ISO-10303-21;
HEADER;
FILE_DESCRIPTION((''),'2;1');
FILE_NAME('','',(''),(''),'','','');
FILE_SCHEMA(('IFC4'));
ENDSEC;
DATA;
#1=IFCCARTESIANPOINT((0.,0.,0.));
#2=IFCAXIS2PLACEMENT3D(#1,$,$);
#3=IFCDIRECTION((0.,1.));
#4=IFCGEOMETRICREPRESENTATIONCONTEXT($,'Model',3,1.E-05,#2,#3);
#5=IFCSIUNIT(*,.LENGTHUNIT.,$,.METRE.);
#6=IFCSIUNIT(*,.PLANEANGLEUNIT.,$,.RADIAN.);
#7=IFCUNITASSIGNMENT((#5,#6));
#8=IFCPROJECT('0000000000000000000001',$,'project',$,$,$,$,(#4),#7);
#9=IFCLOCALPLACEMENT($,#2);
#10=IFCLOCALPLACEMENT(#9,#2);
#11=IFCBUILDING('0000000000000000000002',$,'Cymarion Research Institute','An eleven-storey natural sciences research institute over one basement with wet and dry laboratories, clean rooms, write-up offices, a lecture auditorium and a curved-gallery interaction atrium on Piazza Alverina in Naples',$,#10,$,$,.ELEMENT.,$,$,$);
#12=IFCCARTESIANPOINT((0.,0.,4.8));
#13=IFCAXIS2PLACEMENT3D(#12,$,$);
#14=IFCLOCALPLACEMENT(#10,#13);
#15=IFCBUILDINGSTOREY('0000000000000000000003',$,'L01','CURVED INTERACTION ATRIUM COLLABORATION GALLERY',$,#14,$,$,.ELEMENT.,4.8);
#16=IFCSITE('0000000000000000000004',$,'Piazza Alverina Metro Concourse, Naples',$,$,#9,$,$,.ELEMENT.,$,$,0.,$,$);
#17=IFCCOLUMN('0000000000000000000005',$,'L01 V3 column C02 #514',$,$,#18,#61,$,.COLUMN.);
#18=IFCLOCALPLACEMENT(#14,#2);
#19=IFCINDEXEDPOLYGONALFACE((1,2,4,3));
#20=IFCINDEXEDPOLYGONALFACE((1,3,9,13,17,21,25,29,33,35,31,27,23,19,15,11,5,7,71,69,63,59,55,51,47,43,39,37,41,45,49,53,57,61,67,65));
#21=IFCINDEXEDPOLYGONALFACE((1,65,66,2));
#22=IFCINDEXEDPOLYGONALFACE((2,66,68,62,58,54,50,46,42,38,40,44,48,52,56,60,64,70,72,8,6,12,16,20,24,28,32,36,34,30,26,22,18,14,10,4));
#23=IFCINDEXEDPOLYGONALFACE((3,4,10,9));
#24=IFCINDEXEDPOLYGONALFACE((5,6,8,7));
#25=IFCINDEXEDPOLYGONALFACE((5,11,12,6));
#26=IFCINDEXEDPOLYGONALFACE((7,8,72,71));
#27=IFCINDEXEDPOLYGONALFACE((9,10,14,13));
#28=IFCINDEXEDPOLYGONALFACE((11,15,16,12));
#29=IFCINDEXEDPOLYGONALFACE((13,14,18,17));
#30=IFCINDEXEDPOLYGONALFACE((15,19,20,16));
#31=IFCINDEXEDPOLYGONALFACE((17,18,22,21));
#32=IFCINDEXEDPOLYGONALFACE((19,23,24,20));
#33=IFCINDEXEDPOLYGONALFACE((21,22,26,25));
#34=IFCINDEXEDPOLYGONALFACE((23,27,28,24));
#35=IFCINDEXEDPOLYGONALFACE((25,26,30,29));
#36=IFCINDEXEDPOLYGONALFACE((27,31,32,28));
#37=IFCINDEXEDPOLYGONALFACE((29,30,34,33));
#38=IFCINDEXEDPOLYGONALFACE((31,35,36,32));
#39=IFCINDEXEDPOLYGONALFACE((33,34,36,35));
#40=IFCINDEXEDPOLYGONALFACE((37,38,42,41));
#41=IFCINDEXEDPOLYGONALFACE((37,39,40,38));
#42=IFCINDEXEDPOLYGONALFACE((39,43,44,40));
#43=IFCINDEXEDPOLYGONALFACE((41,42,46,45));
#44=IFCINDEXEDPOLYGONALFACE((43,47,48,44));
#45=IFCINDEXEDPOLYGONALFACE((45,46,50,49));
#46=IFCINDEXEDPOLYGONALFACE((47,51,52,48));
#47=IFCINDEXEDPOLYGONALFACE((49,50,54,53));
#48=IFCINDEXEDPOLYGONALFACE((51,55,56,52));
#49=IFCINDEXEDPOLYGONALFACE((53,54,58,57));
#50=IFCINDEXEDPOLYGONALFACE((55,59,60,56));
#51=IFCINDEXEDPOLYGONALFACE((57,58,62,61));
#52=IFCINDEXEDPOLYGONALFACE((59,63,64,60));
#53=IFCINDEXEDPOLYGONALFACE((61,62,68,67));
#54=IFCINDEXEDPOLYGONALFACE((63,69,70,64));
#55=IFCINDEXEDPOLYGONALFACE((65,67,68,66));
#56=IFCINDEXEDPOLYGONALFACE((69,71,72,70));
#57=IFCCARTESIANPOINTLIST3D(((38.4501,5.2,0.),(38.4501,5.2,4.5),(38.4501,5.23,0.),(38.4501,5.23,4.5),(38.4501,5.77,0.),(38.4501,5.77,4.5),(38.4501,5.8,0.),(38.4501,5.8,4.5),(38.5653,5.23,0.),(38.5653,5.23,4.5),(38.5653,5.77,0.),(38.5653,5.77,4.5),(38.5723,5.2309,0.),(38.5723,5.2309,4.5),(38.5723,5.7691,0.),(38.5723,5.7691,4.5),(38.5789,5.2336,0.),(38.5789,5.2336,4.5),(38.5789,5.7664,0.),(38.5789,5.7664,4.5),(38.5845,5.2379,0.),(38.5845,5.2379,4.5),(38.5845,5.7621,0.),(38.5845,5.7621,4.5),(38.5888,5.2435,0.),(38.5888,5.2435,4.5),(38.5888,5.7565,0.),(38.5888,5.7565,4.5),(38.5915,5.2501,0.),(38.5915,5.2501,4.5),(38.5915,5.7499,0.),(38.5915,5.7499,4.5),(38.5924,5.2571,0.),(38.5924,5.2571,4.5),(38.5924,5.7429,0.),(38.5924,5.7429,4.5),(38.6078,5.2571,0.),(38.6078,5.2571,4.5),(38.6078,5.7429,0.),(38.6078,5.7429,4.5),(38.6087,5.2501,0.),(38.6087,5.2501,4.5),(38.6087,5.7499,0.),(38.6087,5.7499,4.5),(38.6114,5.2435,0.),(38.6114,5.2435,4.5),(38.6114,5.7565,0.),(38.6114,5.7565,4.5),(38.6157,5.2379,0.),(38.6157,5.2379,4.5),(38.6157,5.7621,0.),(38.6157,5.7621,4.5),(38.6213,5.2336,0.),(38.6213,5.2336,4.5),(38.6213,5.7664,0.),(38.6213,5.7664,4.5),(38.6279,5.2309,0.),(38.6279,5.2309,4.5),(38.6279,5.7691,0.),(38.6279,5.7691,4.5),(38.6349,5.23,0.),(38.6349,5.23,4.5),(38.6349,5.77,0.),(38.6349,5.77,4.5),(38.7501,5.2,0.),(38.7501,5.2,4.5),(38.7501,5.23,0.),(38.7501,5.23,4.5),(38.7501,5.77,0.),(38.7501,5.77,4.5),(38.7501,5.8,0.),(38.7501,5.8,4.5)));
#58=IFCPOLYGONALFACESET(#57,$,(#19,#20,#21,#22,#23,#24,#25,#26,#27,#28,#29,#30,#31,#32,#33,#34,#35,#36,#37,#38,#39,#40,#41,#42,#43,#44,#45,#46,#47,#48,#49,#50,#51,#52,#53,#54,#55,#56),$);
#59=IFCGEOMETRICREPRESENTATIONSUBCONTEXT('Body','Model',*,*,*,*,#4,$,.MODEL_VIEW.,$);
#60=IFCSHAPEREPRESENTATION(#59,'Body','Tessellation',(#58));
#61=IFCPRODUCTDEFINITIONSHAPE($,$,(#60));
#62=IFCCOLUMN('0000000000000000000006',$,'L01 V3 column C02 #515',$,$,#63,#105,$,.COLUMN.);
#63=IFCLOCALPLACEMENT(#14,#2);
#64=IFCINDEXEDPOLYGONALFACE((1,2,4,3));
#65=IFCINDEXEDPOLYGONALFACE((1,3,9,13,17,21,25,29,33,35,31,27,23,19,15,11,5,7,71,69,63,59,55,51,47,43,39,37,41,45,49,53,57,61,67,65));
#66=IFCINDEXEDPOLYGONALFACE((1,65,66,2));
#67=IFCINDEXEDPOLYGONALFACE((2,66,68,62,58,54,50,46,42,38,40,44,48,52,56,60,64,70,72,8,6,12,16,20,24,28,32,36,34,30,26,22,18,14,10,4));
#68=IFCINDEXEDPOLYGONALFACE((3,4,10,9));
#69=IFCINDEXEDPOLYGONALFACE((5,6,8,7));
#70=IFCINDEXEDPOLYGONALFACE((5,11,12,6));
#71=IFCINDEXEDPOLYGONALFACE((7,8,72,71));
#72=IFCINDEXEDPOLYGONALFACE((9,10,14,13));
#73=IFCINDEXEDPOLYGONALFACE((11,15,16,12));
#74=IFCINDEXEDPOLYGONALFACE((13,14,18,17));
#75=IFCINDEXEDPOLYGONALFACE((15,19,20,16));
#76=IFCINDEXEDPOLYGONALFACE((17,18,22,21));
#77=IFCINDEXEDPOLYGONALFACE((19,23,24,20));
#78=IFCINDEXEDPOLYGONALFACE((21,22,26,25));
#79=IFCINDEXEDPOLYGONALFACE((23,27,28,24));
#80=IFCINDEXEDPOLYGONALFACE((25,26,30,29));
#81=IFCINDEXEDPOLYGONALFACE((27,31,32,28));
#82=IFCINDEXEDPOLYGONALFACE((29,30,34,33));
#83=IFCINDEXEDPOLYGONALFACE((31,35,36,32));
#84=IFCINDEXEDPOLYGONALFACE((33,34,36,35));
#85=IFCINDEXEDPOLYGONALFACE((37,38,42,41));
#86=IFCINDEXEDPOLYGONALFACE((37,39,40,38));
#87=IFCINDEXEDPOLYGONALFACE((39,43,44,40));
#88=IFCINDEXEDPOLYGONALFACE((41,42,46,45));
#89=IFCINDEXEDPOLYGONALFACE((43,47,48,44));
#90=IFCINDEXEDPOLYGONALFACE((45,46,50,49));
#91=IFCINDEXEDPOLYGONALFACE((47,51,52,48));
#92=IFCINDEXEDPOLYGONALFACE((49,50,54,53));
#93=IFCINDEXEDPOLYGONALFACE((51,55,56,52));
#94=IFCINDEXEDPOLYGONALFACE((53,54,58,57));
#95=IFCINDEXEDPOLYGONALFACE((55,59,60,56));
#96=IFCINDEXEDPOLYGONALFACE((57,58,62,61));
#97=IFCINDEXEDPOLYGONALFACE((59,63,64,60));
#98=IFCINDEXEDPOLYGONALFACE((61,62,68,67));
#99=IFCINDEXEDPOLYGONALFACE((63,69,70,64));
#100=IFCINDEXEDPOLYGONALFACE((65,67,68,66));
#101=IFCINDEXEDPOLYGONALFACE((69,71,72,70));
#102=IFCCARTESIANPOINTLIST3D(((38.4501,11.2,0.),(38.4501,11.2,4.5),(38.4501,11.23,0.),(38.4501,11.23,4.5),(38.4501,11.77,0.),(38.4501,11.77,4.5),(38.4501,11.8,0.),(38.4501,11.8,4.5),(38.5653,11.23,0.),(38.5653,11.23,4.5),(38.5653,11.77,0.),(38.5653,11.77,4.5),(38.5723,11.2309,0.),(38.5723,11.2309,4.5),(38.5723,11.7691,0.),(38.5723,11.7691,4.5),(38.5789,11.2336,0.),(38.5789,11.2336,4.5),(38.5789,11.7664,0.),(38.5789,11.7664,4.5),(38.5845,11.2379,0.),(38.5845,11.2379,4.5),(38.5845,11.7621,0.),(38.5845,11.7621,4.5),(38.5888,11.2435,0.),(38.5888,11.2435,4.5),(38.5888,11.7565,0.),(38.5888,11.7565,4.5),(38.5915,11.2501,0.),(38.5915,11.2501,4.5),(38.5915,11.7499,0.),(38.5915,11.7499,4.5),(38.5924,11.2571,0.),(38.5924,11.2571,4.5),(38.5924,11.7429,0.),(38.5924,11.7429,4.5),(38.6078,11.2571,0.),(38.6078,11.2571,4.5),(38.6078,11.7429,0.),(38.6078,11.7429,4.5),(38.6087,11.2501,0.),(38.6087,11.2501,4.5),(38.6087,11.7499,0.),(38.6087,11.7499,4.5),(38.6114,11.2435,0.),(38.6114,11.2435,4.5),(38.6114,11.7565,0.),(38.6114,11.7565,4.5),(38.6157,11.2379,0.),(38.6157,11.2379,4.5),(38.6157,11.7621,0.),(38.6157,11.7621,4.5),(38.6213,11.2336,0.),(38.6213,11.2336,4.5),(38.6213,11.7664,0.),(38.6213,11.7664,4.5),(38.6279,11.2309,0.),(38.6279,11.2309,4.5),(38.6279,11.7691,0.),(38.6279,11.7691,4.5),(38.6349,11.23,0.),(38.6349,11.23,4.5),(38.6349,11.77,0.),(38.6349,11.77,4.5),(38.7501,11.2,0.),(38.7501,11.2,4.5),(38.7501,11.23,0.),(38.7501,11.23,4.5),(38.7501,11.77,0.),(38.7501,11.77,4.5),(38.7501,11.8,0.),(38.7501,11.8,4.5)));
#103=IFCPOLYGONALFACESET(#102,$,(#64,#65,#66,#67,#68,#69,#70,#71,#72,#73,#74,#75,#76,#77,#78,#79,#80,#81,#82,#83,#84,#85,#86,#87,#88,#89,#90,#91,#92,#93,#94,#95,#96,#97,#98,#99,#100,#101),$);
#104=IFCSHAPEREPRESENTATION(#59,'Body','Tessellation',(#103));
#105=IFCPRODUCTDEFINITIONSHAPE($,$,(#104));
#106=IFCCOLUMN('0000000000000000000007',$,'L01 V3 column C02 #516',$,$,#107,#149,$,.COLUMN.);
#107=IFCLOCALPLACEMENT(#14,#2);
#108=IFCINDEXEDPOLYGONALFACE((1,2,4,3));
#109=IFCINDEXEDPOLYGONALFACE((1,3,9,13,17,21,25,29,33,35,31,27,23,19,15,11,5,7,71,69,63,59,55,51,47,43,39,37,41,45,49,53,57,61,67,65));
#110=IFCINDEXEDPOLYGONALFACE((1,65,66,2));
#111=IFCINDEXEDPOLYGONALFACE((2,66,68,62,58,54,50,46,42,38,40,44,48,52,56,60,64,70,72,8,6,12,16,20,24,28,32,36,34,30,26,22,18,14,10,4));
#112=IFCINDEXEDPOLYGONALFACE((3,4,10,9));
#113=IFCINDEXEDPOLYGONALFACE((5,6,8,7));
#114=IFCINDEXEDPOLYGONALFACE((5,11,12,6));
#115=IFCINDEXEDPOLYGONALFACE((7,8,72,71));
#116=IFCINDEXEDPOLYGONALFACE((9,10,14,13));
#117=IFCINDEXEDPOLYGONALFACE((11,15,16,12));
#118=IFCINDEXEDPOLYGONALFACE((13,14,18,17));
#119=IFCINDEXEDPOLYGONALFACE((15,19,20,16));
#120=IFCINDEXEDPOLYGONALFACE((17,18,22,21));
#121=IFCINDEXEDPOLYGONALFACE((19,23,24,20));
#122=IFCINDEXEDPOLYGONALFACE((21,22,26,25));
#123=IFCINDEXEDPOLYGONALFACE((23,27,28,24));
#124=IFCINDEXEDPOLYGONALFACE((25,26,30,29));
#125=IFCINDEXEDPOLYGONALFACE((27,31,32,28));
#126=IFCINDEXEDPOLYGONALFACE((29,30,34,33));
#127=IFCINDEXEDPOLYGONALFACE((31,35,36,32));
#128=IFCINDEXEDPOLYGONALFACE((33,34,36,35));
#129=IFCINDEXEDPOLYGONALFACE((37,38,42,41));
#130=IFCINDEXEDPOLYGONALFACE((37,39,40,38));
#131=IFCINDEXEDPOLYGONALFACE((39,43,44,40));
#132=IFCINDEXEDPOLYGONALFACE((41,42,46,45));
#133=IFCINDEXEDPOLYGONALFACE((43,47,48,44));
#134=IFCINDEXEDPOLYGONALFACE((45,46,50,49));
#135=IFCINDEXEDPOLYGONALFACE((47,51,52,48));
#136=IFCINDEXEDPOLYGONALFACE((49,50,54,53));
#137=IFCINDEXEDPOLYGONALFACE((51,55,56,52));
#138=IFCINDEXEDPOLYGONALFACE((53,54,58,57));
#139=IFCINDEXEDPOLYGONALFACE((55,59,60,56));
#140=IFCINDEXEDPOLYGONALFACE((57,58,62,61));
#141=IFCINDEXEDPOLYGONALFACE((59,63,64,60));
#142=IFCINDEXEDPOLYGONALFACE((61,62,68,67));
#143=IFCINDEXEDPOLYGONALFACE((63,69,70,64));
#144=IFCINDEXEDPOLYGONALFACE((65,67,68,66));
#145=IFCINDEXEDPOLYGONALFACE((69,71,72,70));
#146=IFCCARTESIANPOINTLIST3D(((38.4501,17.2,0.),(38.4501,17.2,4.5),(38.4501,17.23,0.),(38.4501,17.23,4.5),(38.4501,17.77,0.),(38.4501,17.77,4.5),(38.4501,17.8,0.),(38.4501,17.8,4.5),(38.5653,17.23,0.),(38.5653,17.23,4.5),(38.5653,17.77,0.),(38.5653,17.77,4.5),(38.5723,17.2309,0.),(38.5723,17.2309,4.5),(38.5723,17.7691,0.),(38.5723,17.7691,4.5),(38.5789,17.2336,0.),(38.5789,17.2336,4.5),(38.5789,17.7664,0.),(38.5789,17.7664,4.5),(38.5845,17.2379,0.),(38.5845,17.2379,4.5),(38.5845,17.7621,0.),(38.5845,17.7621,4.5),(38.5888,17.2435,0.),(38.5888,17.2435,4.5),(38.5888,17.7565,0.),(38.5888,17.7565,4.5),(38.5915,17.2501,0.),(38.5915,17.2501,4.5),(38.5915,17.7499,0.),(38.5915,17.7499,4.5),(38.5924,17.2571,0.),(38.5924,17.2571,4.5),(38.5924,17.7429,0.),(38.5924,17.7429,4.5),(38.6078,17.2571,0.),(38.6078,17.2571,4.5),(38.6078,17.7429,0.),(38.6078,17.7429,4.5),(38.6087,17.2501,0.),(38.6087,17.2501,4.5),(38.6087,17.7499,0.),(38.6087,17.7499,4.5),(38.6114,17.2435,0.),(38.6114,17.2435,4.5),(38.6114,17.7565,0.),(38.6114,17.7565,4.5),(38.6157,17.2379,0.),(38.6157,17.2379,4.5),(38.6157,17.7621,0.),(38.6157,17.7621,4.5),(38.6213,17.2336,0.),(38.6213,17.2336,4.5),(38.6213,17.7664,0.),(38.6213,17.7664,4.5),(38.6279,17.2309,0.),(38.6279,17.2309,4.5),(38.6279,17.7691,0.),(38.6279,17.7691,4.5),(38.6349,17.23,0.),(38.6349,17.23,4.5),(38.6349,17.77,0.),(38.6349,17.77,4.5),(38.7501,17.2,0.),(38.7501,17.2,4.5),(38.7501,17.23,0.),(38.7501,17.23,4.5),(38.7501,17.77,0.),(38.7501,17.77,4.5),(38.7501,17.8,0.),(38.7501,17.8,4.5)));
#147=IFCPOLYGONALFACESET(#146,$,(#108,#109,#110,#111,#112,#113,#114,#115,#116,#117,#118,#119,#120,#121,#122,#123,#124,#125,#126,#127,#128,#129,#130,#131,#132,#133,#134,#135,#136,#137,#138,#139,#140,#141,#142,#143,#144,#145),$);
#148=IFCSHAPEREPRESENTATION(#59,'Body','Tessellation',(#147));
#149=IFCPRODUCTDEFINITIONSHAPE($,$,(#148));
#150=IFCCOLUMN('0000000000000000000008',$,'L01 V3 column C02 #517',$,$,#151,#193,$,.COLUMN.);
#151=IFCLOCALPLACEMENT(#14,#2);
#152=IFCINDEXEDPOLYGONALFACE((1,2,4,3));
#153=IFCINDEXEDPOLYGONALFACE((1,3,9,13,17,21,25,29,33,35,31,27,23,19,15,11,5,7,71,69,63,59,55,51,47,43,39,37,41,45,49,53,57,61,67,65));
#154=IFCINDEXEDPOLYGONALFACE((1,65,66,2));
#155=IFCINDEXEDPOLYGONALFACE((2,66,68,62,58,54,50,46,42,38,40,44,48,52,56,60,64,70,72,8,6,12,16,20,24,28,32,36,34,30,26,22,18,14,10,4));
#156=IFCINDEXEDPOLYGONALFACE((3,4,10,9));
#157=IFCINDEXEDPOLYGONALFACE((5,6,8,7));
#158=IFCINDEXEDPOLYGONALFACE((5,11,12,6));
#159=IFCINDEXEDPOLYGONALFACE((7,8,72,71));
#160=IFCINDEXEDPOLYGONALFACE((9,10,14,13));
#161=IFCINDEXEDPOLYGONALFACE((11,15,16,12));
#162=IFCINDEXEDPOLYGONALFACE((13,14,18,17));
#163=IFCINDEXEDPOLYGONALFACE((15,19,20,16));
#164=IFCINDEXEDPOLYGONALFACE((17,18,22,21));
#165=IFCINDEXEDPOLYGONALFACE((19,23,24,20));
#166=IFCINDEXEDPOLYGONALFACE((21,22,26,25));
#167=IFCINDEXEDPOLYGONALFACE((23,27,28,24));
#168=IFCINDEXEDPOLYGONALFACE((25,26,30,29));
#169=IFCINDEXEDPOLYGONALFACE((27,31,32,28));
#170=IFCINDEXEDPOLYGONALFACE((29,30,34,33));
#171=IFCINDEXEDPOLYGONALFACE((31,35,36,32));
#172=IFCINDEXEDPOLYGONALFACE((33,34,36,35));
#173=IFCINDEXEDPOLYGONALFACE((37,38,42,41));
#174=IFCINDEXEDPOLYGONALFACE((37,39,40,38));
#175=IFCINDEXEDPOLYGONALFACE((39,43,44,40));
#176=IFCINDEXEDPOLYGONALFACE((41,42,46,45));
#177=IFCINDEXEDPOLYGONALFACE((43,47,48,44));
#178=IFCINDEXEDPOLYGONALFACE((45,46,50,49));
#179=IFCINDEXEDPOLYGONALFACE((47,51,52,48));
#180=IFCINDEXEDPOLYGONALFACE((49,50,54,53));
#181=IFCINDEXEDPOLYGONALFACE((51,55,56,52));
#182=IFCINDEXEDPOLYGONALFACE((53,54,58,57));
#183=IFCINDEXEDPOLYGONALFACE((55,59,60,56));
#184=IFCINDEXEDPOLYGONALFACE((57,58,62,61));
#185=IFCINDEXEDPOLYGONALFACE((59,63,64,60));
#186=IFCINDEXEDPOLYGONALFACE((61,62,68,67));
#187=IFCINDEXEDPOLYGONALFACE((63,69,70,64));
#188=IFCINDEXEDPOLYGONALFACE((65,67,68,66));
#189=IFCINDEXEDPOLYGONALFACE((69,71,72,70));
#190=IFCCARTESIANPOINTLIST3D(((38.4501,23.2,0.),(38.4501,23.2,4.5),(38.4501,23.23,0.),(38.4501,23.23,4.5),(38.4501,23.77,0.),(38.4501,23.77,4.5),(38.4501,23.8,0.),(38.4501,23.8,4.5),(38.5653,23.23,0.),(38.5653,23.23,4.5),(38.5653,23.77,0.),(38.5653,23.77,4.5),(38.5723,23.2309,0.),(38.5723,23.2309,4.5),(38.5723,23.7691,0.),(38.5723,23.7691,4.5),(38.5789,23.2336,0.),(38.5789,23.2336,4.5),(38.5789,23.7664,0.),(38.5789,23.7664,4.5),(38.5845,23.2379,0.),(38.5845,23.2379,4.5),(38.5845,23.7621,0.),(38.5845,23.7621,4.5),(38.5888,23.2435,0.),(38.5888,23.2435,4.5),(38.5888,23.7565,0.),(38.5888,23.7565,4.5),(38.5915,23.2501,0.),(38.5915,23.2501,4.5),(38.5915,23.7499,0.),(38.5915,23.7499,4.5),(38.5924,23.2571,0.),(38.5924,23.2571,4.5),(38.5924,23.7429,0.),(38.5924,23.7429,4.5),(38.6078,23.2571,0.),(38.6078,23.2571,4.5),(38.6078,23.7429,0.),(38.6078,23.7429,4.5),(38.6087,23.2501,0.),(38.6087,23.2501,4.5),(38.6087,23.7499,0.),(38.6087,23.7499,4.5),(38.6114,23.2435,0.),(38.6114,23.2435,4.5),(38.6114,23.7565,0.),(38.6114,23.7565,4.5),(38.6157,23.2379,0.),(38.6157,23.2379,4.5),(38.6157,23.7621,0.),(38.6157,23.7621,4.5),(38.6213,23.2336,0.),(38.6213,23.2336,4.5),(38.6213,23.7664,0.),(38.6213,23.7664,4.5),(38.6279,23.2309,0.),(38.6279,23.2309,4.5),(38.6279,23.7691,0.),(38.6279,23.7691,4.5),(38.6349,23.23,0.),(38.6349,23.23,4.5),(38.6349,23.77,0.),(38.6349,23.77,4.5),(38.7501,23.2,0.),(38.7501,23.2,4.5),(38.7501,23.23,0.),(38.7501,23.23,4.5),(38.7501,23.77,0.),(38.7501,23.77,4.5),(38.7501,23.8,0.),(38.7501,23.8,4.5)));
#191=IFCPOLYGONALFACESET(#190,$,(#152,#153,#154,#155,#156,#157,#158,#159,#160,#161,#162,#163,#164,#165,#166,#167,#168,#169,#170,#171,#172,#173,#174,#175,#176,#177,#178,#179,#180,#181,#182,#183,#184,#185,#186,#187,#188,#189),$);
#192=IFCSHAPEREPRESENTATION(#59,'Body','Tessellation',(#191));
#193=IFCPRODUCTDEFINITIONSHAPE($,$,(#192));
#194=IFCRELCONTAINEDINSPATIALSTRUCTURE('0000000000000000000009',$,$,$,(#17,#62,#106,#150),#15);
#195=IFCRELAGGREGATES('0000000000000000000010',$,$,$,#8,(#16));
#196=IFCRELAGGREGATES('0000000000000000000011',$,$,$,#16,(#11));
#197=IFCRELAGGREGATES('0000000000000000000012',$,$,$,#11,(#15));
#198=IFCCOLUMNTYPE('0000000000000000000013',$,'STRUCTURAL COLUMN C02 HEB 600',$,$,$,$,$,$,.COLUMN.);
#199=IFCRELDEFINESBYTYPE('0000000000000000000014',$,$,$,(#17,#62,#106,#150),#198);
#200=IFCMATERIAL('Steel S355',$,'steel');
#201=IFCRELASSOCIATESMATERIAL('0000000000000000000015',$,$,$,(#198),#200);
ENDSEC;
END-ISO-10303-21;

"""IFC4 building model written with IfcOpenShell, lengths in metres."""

from ifc_helpers import new_model, si_unit, direction, frame, origin, origin_2d, place, context, subcontext, project, spatial, i_section, extrude, material, material_profile, profile_set, type_object, element, save


model = new_model("IFC4")

# Units and contexts
model_context = context("Model", 3, precision=1e-05, world=origin(), true_north=direction((0.0, 1.0)))
body_context = subcontext(model_context, "Body", "Model", "MODEL_VIEW")
ifc_project = project(units=[si_unit("LENGTHUNIT", "METRE"), si_unit("PLANEANGLEUNIT", "RADIAN")], contexts=[model_context])

# Site, building, storey
site_placement = place(None, origin())
site = spatial("IfcSite", under=ifc_project, at=site_placement, Name="Piazza Alverina Metro Concourse, Naples", CompositionType="ELEMENT", RefElevation=0.0)
building_placement = place(site_placement, origin())
building = spatial("IfcBuilding", under=site, at=building_placement, Name="Cymarion Research Institute", Description="An eleven-storey natural sciences research institute over one basement with wet and dry laboratories, clean rooms, write-up offices, a lecture auditorium and a curved-gallery interaction atrium on Piazza Alverina in Naples", CompositionType="ELEMENT")
storey_placement = place(building_placement, frame((0.0, 0.0, 4.8)))
storey = spatial("IfcBuildingStorey", under=building, at=storey_placement, Name="L01", Description="CURVED INTERACTION ATRIUM COLLABORATION GALLERY", CompositionType="ELEMENT", Elevation=4.8)

# Columns
ifc_material_1 = material(Name="Steel S355", Category="steel")
ifc_material_profile_1 = material_profile(ifc_material_1, i_section(OverallWidth=0.3, OverallDepth=0.6001, WebThickness=0.0154, FlangeThickness=0.03, FilletRadius=0.0271, at=origin_2d()), Name="HEB 600")
ifc_profile_set_1 = profile_set([ifc_material_profile_1], Name="Steel S355")
column_type_1 = type_object("IfcColumnType", Name="STRUCTURAL COLUMN C02 HEB 600", PredefinedType="COLUMN", material=ifc_profile_set_1)
for number, where, z_axis, x_axis, name in (
    (1, (38.6001, 5.5, 0.0), (0.0, 0.0, 1.0), (1.0, 0.0, 0.0), "L01 V3 column C02 #514"),
    (2, (38.6001, 11.5, 0.0), (0.0, 0.0, 1.0), (1.0, 0.0, 0.0), "L01 V3 column C02 #515"),
    (3, (38.6001, 17.5, 0.0), (0.0, 0.0, 1.0), (1.0, 0.0, 0.0), "L01 V3 column C02 #516"),
    (4, (38.6001, 23.5, 0.0), (0.0, 0.0, 1.0), (1.0, 0.0, 0.0), "L01 V3 column C02 #517"),
):
    element("IfcColumn", number, at=place(storey_placement, frame(where, z_axis=z_axis, x_axis=x_axis)), inside=storey, type_object=column_type_1, Name=name, PredefinedType="COLUMN", context=body_context, shape_type="SweptSolid", body=[
        extrude(i_section(OverallWidth=0.3, OverallDepth=0.6001, WebThickness=0.0154, FlangeThickness=0.03, FilletRadius=0.0271, at=origin_2d()), origin(), (0.0, 0.0, 1.0), 4.5),
    ])

save(model, "model.ifc")
